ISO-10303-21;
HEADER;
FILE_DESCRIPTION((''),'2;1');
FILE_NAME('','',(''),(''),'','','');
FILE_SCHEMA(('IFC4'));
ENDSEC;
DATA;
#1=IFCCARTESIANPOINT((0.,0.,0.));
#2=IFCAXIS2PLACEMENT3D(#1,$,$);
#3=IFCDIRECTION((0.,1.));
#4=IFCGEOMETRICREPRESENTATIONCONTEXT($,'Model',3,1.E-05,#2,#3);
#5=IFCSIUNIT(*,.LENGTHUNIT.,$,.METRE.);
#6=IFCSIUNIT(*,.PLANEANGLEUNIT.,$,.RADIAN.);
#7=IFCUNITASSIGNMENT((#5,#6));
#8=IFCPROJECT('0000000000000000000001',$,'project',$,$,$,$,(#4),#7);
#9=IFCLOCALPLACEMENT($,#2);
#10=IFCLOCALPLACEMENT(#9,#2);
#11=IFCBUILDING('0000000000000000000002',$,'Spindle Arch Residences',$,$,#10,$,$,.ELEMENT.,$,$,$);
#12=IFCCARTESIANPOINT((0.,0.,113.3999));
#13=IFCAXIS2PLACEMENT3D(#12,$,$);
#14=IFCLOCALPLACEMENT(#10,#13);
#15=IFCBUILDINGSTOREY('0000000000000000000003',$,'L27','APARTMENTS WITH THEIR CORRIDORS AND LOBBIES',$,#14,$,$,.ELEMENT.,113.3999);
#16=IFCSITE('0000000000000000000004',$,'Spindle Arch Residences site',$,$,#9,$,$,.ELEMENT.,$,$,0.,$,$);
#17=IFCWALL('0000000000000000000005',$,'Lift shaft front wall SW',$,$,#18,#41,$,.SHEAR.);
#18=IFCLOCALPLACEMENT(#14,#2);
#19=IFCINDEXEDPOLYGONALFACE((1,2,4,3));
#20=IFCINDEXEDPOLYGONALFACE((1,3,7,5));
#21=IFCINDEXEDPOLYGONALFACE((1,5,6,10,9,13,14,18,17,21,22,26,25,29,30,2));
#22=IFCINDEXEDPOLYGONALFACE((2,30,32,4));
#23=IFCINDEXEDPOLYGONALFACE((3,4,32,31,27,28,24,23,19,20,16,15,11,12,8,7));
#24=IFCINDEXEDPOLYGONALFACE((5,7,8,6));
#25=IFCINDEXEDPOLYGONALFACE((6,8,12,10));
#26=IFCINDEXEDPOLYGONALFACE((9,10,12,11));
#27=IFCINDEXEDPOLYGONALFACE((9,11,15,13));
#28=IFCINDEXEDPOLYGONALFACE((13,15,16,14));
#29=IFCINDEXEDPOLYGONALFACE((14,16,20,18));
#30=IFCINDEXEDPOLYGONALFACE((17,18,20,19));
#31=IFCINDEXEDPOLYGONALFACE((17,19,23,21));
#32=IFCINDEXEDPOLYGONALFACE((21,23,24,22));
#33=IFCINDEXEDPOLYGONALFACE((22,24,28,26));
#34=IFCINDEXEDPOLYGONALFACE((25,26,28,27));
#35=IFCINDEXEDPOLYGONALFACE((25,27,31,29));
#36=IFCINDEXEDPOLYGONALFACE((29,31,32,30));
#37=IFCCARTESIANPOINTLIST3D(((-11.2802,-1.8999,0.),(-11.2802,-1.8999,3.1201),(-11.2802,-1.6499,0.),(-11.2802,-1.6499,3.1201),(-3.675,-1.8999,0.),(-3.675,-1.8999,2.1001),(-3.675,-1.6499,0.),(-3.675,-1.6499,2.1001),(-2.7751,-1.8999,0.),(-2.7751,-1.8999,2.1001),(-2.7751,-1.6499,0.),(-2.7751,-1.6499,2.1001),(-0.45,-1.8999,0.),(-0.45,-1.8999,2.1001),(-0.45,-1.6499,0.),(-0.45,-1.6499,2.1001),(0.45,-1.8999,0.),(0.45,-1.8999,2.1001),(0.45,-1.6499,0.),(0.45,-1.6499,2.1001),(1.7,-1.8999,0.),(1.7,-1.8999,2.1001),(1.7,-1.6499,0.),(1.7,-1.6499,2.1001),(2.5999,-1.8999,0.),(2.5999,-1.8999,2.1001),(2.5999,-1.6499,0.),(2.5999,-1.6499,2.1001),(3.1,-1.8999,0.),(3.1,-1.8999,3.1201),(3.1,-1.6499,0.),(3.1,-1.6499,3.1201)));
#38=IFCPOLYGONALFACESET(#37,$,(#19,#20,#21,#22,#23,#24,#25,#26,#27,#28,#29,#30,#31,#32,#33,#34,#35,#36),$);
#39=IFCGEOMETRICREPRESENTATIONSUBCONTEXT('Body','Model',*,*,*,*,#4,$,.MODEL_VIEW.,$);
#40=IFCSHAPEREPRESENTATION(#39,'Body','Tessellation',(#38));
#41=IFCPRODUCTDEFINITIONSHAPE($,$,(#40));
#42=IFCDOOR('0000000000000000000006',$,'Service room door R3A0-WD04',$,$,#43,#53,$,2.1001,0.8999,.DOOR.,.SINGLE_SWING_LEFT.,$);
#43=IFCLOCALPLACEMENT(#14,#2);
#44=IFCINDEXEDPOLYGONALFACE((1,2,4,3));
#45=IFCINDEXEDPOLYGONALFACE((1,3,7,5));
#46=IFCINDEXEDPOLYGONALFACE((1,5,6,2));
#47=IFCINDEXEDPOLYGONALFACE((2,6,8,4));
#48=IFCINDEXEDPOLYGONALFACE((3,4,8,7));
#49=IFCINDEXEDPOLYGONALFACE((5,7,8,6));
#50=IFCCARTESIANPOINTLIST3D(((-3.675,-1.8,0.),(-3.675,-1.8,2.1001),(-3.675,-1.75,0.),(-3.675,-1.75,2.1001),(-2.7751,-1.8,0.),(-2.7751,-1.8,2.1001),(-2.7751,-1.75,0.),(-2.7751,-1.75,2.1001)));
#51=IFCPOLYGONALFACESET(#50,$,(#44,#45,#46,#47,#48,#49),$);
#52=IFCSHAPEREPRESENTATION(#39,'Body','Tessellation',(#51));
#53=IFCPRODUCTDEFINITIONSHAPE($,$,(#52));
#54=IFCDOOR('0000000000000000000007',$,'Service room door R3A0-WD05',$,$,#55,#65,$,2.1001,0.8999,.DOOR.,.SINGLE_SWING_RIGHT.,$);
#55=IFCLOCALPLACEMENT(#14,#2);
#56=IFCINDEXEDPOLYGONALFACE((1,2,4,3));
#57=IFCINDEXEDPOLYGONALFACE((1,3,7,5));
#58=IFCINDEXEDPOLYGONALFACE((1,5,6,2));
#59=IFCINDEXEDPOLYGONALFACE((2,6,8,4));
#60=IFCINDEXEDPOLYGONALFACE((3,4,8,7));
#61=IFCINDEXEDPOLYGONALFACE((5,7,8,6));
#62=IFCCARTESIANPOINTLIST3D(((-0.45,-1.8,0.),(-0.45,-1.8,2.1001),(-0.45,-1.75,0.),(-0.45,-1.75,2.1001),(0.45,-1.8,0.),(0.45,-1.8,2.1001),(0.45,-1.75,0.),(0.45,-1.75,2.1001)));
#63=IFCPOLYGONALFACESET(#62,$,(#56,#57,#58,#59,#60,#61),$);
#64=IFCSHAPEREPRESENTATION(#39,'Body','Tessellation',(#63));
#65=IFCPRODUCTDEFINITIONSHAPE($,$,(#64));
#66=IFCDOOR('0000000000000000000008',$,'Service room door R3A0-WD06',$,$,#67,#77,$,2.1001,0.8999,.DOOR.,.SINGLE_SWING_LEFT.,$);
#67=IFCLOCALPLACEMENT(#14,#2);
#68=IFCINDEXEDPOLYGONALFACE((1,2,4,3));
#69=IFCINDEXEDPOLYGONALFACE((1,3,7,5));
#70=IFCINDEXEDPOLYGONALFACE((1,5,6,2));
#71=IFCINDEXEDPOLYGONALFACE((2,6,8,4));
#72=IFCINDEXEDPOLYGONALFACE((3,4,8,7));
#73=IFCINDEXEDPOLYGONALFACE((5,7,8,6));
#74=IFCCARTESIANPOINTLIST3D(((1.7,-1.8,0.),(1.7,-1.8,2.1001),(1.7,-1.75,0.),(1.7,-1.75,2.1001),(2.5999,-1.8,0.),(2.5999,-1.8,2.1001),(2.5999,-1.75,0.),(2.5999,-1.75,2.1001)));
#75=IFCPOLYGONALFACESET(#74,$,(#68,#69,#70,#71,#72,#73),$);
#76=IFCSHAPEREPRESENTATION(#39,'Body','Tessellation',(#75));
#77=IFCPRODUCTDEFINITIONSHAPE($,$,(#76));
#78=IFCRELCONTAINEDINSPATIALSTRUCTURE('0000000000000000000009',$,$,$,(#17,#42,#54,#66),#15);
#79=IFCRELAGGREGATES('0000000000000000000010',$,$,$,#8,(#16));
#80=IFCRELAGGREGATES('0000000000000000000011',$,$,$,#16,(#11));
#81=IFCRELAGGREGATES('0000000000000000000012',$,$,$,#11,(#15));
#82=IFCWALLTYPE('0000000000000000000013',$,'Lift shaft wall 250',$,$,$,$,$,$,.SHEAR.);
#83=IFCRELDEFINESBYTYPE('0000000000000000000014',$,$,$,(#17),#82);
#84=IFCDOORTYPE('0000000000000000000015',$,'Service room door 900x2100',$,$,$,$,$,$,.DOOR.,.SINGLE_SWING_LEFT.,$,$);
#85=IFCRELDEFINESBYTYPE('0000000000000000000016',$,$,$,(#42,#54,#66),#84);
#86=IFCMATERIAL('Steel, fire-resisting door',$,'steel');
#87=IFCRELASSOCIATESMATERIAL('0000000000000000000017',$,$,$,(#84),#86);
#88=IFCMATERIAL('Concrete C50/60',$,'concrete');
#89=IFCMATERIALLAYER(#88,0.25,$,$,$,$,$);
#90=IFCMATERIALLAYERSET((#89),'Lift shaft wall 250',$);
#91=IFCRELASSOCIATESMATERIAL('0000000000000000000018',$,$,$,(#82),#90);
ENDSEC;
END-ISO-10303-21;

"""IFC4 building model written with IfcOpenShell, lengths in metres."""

from ifc_helpers import new_model, si_unit, direction, frame, frame_2d, origin, place, context, subcontext, project, spatial, rectangle, extrude, material, layer, layer_set, type_object, element, fill, save


model = new_model("IFC4")

# Units and contexts
model_context = context("Model", 3, precision=1e-05, world=origin(), true_north=direction((0.0, 1.0)))
body_context = subcontext(model_context, "Body", "Model", "MODEL_VIEW")
ifc_project = project(units=[si_unit("LENGTHUNIT", "METRE"), si_unit("PLANEANGLEUNIT", "RADIAN")], contexts=[model_context])

# Site, building, storey
site_placement = place(None, origin())
site = spatial("IfcSite", under=ifc_project, at=site_placement, Name="Spindle Arch Residences site", CompositionType="ELEMENT", RefElevation=0.0)
building_placement = place(site_placement, origin())
building = spatial("IfcBuilding", under=site, at=building_placement, Name="Spindle Arch Residences", CompositionType="ELEMENT")
storey_placement = place(building_placement, frame((0.0, 0.0, 113.3999)))
storey = spatial("IfcBuildingStorey", under=building, at=storey_placement, Name="L27", Description="APARTMENTS WITH THEIR CORRIDORS AND LOBBIES", CompositionType="ELEMENT", Elevation=113.3999)

# Shared definitions
ifc_material_1 = material(Name="Steel, fire-resisting door", Category="steel")
door_type_1 = type_object("IfcDoorType", Name="Service room door 900x2100", OperationType="SINGLE_SWING_LEFT", PredefinedType="DOOR", material=ifc_material_1)

# Wall, openings, doors
ifc_material_2 = material(Name="Concrete C50/60", Category="concrete")
ifc_layer_1 = layer(ifc_material_2, 0.25)
ifc_layer_set_1 = layer_set([ifc_layer_1], Name="Lift shaft wall 250")
wall_type_1 = type_object("IfcWallType", Name="Lift shaft wall 250", PredefinedType="SHEAR", material=ifc_layer_set_1)
wall_1_placement = place(storey_placement, frame((-11.28, -1.7749, 0.0), z_axis=(0.0, 0.0, 1.0), x_axis=(1.0, 0.0, 0.0)))
wall_1 = element("IfcWall", 1, at=wall_1_placement, inside=storey, type_object=wall_type_1, Name="Lift shaft front wall SW", PredefinedType="SHEAR", context=body_context, shape_type="SweptSolid", body=[
    extrude(rectangle(XDim=14.3801, YDim=0.25, at=frame_2d((7.1899, 0.0))), origin(), (0.0, 0.0, 1.0), 3.1201),
])
opening_1_placement = place(wall_1_placement, frame((7.605, 0.0, 0.0)))
opening_1 = element("IfcOpeningElement", 2, at=opening_1_placement, cuts=wall_1, PredefinedType="OPENING", context=body_context, shape_type="SweptSolid", body=[
    extrude(rectangle(XDim=0.8999, YDim=2.1001, at=frame_2d((0.45, 1.05))), frame((0.0, 0.135, 0.0), z_axis=(0.0, -1.0, 0.0), x_axis=(1.0, 0.0, 0.0)), (0.0, 0.0, 1.0), 0.27),
])
opening_2_placement = place(wall_1_placement, frame((10.8301, 0.0, 0.0)))
opening_2 = element("IfcOpeningElement", 3, at=opening_2_placement, cuts=wall_1, PredefinedType="OPENING", context=body_context, shape_type="SweptSolid", body=[
    extrude(rectangle(XDim=0.8999, YDim=2.1001, at=frame_2d((0.45, 1.05))), frame((0.0, 0.135, 0.0), z_axis=(0.0, -1.0, 0.0), x_axis=(1.0, 0.0, 0.0)), (0.0, 0.0, 1.0), 0.27),
])
opening_3_placement = place(wall_1_placement, frame((12.98, 0.0, 0.0)))
opening_3 = element("IfcOpeningElement", 4, at=opening_3_placement, cuts=wall_1, PredefinedType="OPENING", context=body_context, shape_type="SweptSolid", body=[
    extrude(rectangle(XDim=0.8999, YDim=2.1001, at=frame_2d((0.45, 1.05))), frame((0.0, 0.135, 0.0), z_axis=(0.0, -1.0, 0.0), x_axis=(1.0, 0.0, 0.0)), (0.0, 0.0, 1.0), 0.27),
])
door_1_placement = place(opening_1_placement, origin())
door_1 = element("IfcDoor", 5, at=door_1_placement, inside=storey, type_object=door_type_1, Name="Service room door R3A0-WD04", OperationType="SINGLE_SWING_LEFT", OverallHeight=2.1001, OverallWidth=0.8999, PredefinedType="DOOR", context=body_context, shape_type="SweptSolid", body=[
    extrude(rectangle(XDim=0.8999, YDim=2.1001, at=frame_2d((0.45, 1.05))), frame((0.0, 0.0249, 0.0), z_axis=(0.0, -1.0, 0.0), x_axis=(1.0, 0.0, 0.0)), (0.0, 0.0, 1.0), 0.05),
])
fill(opening_1, door_1)
door_2_placement = place(opening_2_placement, origin())
door_2 = element("IfcDoor", 6, at=door_2_placement, inside=storey, type_object=door_type_1, Name="Service room door R3A0-WD05", OperationType="SINGLE_SWING_RIGHT", OverallHeight=2.1001, OverallWidth=0.8999, PredefinedType="DOOR", context=body_context, shape_type="SweptSolid", body=[
    extrude(rectangle(XDim=0.8999, YDim=2.1001, at=frame_2d((0.45, 1.05))), frame((0.0, 0.0249, 0.0), z_axis=(0.0, -1.0, 0.0), x_axis=(1.0, 0.0, 0.0)), (0.0, 0.0, 1.0), 0.05),
])
fill(opening_2, door_2)
door_3_placement = place(opening_3_placement, origin())
door_3 = element("IfcDoor", 7, at=door_3_placement, inside=storey, type_object=door_type_1, Name="Service room door R3A0-WD06", OperationType="SINGLE_SWING_LEFT", OverallHeight=2.1001, OverallWidth=0.8999, PredefinedType="DOOR", context=body_context, shape_type="SweptSolid", body=[
    extrude(rectangle(XDim=0.8999, YDim=2.1001, at=frame_2d((0.45, 1.05))), frame((0.0, 0.0249, 0.0), z_axis=(0.0, -1.0, 0.0), x_axis=(1.0, 0.0, 0.0)), (0.0, 0.0, 1.0), 0.05),
])
fill(opening_3, door_3)

save(model, "model.ifc")
